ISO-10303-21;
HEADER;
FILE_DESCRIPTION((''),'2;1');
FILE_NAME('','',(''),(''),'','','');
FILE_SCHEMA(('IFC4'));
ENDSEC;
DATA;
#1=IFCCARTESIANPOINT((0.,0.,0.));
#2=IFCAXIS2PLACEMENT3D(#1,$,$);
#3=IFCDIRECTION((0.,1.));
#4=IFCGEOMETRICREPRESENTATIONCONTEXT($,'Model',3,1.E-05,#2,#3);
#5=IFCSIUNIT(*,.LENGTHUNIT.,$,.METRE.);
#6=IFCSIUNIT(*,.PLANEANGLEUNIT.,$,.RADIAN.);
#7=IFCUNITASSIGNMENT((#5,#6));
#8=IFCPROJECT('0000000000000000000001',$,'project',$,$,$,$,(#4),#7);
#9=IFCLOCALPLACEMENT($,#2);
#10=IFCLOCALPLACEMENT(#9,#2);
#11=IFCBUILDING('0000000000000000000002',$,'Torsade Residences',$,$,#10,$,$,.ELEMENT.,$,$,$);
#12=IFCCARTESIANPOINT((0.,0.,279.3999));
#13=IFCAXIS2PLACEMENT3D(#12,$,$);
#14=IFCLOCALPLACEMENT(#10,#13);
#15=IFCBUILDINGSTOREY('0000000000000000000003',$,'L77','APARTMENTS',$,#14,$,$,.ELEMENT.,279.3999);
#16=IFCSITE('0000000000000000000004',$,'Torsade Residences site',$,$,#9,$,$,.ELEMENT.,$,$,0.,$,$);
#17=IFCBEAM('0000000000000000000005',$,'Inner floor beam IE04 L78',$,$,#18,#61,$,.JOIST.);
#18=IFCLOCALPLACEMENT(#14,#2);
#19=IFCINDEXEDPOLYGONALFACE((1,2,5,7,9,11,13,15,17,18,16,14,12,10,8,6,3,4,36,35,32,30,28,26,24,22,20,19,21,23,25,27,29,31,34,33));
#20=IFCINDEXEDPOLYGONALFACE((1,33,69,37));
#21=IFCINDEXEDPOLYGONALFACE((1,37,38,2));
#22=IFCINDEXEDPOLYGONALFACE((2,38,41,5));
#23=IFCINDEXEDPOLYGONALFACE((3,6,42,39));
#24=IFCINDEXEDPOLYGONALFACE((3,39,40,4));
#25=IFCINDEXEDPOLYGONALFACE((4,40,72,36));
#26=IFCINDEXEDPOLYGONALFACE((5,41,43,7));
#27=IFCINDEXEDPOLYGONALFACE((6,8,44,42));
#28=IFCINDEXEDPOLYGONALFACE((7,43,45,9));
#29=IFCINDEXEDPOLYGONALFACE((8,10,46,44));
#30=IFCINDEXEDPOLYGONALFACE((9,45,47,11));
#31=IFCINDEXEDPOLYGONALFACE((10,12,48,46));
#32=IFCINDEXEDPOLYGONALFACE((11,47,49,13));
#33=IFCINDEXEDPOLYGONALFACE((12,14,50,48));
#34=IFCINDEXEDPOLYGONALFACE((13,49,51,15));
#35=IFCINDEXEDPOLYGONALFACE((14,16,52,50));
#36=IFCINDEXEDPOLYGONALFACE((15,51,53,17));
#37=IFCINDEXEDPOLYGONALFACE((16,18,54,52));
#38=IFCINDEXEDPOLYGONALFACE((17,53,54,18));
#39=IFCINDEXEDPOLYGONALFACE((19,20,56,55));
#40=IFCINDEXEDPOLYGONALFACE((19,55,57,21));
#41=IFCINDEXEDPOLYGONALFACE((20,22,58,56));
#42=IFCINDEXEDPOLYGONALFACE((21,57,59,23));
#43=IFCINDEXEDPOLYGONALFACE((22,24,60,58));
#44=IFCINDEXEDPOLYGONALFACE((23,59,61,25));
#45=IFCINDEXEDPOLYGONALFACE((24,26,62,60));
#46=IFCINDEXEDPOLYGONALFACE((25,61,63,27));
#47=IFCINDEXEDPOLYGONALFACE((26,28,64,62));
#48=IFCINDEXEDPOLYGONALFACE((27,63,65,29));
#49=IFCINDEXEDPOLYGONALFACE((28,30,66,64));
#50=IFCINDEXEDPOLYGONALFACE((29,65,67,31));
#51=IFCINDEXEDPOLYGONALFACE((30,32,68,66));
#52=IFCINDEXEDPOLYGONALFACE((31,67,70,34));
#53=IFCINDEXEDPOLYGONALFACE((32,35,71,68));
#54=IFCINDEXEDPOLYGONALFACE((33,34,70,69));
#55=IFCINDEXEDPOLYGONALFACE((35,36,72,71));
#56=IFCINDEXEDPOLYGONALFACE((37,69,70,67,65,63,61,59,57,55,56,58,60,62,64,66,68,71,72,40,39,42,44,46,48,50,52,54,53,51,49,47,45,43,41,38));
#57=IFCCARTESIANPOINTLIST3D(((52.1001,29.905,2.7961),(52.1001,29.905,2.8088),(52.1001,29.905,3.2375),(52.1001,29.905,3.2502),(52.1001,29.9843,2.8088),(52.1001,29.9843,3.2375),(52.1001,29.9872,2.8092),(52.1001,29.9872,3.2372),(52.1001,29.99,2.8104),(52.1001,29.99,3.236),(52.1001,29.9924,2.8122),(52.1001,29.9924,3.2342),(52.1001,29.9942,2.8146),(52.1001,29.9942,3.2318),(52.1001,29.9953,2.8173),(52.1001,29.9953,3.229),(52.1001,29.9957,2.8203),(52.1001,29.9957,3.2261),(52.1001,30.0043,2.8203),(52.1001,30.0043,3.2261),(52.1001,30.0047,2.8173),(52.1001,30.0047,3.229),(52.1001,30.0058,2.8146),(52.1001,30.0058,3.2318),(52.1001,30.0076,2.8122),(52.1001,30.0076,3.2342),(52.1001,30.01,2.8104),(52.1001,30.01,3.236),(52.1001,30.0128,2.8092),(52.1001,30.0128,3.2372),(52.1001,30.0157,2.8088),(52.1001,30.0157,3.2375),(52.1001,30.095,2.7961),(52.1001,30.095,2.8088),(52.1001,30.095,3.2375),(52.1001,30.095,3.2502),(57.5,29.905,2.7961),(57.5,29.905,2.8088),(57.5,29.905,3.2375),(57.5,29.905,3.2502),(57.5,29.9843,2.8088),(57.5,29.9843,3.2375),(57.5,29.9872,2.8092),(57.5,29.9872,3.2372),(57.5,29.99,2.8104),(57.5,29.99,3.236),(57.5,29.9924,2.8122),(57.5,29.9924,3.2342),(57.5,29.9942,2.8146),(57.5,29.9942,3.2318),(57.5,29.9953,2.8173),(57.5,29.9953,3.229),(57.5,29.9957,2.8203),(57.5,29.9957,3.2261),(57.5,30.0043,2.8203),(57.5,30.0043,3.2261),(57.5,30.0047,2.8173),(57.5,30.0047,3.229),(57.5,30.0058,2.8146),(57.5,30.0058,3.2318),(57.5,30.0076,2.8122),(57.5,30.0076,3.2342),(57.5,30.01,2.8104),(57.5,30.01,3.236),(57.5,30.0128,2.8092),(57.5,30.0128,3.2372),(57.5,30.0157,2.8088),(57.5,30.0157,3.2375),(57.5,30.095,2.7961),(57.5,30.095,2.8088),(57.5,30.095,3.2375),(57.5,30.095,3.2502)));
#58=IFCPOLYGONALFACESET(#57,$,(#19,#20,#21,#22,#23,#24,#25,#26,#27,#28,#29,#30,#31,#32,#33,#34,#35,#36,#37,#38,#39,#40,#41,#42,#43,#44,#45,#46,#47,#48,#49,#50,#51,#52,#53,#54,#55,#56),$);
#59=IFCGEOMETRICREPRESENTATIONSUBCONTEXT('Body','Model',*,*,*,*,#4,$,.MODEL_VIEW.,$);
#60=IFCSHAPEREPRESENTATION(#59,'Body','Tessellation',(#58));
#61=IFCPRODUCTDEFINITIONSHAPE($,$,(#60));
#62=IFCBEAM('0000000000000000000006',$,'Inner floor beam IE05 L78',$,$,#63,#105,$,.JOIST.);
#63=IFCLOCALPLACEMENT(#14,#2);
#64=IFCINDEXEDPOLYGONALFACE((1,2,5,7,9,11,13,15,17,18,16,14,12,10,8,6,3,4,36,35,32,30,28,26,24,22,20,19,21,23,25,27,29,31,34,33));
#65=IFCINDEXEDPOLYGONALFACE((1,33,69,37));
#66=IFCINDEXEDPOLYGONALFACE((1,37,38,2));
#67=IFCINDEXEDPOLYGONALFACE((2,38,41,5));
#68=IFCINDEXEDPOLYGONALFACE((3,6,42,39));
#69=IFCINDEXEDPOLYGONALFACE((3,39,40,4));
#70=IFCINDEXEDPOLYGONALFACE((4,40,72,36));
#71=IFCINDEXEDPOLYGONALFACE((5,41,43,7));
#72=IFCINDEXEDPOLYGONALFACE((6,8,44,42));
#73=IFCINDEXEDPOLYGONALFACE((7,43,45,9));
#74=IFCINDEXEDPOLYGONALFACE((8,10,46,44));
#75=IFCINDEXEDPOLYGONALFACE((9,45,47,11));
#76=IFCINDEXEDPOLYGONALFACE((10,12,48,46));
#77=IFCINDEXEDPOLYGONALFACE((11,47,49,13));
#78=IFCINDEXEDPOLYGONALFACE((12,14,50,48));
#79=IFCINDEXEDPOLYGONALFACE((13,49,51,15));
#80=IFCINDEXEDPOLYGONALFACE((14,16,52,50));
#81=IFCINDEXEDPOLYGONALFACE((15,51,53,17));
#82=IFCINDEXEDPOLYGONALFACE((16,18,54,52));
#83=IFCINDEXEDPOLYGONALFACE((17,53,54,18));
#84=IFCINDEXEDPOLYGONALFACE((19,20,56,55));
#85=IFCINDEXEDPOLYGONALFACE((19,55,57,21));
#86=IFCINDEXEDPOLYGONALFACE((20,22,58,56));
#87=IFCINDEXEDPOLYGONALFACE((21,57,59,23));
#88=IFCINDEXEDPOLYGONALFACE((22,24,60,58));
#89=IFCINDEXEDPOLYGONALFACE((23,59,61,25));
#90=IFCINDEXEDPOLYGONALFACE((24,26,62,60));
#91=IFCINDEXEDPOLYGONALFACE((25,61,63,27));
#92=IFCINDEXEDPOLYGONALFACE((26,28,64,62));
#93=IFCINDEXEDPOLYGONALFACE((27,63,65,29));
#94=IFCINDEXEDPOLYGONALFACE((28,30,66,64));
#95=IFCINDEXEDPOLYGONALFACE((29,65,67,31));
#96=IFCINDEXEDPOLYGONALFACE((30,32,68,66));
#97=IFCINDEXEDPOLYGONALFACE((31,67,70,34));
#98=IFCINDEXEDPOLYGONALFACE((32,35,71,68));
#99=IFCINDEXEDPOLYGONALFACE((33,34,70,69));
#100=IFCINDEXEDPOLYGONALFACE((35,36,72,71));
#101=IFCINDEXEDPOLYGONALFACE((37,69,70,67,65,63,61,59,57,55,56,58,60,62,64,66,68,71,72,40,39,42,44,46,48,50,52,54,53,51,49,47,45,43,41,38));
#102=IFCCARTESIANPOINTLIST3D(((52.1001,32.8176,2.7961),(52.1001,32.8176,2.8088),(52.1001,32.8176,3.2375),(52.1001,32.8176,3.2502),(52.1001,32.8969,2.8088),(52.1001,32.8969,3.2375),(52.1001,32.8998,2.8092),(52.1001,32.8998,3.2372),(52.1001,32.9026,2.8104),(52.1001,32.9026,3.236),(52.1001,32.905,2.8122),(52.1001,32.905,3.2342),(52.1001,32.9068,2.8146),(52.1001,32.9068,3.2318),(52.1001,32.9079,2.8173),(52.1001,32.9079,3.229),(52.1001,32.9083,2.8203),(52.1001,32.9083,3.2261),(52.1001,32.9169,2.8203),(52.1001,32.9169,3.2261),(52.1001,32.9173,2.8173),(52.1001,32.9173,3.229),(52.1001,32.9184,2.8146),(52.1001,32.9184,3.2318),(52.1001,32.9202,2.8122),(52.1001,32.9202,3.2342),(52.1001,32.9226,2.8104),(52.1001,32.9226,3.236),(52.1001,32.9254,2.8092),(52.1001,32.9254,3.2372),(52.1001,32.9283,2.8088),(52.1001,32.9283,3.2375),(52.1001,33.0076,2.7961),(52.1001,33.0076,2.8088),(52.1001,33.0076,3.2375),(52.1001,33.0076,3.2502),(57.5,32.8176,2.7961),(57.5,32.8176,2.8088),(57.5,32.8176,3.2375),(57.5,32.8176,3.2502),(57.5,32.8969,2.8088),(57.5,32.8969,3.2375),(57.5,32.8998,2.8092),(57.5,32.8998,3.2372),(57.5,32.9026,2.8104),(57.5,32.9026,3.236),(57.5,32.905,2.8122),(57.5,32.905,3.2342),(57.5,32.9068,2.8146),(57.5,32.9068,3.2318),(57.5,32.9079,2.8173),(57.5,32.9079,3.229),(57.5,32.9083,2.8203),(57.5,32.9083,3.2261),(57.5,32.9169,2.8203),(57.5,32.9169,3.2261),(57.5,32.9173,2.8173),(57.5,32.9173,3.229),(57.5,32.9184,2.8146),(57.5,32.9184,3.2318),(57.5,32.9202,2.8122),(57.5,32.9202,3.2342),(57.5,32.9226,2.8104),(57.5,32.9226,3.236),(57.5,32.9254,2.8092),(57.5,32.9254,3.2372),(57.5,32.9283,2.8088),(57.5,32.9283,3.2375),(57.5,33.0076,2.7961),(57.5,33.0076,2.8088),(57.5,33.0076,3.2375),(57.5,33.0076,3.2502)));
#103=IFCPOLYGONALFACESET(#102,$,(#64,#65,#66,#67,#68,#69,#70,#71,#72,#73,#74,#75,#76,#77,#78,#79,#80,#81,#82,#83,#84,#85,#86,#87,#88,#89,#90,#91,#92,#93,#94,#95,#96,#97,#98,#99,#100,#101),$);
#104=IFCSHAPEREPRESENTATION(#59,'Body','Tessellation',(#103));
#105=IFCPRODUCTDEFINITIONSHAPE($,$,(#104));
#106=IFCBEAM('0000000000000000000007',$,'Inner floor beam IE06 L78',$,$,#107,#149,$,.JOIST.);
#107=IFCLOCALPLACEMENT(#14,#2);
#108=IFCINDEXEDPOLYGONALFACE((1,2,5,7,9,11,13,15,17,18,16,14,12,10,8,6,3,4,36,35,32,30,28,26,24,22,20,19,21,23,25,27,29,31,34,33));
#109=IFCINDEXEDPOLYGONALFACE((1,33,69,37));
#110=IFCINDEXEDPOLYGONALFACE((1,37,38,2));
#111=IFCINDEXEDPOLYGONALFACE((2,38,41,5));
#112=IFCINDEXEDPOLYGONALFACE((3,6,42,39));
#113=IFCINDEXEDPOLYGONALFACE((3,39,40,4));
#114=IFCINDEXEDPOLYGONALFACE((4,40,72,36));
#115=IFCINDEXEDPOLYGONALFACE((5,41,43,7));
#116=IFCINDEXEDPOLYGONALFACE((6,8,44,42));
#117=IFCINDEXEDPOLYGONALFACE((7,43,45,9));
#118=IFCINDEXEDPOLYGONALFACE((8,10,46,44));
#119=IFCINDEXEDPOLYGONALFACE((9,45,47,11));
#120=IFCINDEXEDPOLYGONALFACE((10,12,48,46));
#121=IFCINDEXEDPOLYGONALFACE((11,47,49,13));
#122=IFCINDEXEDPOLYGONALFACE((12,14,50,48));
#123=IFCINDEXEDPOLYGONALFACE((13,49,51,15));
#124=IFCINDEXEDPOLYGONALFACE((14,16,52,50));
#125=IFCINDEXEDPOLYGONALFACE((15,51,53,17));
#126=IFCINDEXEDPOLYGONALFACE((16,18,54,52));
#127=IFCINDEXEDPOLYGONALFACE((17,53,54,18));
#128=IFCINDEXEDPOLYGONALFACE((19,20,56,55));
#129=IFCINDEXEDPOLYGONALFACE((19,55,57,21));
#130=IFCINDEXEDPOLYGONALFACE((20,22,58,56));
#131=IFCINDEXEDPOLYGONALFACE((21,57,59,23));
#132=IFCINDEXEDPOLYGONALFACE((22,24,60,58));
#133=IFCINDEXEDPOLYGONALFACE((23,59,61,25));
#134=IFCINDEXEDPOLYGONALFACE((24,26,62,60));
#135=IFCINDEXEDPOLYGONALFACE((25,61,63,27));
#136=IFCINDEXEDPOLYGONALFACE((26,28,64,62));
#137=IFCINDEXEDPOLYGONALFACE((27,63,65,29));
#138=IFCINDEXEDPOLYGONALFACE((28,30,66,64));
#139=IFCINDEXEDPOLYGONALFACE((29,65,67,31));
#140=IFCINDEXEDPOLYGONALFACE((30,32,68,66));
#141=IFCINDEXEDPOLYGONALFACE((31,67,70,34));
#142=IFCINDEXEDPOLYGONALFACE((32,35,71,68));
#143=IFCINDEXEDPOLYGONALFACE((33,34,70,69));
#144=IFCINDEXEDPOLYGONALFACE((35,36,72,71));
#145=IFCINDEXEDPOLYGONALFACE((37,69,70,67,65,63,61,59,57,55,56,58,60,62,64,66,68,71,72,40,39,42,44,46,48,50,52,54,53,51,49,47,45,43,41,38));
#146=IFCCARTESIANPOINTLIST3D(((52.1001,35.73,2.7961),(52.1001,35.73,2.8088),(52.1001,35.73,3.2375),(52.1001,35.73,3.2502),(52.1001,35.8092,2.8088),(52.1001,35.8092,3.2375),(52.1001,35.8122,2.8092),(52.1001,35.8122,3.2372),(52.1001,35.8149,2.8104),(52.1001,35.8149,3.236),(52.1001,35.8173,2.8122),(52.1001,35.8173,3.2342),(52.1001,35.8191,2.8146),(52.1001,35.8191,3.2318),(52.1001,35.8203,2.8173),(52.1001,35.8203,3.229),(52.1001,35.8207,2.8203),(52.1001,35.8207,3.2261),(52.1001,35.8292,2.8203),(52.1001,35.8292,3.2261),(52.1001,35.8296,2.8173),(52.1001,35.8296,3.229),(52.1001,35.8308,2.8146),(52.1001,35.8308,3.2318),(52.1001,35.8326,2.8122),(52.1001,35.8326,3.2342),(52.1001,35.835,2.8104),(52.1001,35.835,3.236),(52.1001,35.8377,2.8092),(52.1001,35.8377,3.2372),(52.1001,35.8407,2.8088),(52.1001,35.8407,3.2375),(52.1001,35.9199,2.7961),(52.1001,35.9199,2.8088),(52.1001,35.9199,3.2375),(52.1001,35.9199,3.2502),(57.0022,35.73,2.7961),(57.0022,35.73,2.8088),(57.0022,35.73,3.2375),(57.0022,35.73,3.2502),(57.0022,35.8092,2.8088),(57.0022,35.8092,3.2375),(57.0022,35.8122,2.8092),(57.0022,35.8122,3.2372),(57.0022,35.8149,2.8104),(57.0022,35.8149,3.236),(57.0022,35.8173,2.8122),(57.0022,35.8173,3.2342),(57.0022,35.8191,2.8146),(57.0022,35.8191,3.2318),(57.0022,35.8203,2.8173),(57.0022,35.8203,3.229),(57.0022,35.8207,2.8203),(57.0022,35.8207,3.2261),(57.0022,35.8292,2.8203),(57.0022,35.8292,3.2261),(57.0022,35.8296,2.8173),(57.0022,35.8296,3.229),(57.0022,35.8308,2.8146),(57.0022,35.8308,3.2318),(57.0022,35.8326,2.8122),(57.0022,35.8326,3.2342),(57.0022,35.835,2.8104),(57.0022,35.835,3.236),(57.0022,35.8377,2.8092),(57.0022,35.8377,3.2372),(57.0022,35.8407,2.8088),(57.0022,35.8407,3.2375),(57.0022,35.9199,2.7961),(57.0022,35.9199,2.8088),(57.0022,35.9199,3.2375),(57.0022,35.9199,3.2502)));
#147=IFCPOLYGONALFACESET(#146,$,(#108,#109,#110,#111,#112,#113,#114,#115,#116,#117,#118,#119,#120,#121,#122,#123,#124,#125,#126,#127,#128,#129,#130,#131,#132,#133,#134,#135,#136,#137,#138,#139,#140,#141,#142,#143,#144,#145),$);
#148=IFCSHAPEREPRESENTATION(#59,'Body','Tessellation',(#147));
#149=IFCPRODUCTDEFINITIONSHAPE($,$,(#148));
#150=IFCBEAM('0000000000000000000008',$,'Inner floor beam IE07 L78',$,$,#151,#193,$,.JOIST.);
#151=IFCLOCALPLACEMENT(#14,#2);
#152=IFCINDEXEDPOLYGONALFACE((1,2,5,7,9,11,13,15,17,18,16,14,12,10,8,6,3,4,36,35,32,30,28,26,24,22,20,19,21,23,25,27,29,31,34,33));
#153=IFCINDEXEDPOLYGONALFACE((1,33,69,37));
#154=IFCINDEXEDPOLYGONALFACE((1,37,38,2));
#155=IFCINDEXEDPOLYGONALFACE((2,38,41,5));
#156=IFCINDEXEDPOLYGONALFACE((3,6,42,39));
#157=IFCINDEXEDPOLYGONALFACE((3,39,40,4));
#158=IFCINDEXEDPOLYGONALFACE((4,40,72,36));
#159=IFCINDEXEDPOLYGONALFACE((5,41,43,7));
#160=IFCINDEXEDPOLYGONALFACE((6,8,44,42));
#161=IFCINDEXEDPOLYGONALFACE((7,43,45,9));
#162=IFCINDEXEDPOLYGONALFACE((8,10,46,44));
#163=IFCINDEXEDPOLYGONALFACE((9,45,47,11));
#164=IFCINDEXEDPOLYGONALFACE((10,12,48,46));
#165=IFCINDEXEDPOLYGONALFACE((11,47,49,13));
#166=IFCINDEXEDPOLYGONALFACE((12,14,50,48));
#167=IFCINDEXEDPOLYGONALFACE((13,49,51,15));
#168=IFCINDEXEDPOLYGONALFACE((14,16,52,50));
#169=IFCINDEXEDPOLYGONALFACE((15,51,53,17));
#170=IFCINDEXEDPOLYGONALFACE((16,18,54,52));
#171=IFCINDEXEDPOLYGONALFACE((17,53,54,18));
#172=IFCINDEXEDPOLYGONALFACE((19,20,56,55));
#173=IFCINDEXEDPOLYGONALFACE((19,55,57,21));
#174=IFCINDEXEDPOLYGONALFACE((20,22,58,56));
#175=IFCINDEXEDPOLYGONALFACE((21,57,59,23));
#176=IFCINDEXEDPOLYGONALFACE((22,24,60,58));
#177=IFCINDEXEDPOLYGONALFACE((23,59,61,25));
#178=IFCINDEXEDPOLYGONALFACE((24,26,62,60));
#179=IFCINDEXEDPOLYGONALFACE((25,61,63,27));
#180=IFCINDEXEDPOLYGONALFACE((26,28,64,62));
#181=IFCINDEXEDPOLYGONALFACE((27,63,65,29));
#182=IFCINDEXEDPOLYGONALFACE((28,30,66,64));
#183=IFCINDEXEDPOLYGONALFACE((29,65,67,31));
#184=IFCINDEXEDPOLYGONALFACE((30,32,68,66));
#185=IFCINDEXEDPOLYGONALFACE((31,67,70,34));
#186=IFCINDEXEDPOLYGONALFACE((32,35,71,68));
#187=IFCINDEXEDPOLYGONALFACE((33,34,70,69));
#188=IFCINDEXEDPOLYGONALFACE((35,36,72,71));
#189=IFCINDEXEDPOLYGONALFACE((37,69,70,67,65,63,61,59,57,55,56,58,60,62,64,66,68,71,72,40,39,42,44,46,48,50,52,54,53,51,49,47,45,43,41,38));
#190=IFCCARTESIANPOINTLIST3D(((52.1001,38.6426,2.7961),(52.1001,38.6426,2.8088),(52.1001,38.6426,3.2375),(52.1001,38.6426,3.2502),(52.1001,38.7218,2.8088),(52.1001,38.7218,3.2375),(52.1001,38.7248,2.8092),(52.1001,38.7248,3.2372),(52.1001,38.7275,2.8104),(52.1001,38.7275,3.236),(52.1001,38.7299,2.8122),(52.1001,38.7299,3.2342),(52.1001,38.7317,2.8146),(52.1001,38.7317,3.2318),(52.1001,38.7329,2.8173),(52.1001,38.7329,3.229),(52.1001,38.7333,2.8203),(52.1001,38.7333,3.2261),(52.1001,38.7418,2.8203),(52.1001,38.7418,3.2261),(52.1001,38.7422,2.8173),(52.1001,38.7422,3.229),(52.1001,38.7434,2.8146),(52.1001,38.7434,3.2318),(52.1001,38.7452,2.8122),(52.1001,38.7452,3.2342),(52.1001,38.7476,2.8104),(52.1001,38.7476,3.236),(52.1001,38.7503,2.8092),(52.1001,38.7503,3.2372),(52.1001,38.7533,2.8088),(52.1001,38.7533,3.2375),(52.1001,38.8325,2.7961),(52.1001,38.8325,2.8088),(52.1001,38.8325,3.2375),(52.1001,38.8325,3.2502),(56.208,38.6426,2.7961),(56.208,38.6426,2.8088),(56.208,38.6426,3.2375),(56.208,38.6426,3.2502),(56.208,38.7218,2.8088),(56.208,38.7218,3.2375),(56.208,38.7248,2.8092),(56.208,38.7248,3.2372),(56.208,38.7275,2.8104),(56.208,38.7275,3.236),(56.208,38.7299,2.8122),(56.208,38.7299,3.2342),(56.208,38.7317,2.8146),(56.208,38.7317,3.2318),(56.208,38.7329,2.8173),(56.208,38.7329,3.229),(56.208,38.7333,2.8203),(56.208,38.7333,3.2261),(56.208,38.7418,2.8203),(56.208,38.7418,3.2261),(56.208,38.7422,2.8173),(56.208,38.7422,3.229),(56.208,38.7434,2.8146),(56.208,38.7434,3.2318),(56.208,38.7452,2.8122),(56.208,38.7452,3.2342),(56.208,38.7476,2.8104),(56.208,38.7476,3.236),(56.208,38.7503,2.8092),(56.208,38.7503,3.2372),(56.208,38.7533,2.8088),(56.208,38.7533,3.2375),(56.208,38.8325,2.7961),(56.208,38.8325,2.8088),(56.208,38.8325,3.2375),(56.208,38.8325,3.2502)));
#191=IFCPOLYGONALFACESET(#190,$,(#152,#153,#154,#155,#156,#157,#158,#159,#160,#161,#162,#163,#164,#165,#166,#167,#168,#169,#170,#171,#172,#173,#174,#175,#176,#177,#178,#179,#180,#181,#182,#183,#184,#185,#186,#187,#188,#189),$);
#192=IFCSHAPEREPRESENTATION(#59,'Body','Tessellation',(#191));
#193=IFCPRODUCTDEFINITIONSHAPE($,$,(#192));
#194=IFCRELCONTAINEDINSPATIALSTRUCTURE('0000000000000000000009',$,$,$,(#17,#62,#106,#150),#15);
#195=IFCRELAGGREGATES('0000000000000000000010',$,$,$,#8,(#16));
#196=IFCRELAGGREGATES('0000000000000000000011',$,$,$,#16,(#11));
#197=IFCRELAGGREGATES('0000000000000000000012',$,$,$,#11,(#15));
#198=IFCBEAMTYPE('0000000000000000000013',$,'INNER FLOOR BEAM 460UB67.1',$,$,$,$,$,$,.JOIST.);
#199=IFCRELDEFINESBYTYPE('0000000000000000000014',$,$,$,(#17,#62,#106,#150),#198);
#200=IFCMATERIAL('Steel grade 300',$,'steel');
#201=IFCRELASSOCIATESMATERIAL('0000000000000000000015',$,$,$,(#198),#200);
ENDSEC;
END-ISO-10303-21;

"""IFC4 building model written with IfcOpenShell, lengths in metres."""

from ifc_helpers import new_model, si_unit, direction, frame, origin, origin_2d, place, context, subcontext, project, spatial, i_section, extrude, material, material_profile, profile_set, type_object, element, save


model = new_model("IFC4")

# Units and contexts
model_context = context("Model", 3, precision=1e-05, world=origin(), true_north=direction((0.0, 1.0)))
body_context = subcontext(model_context, "Body", "Model", "MODEL_VIEW")
ifc_project = project(units=[si_unit("LENGTHUNIT", "METRE"), si_unit("PLANEANGLEUNIT", "RADIAN")], contexts=[model_context])

# Site, building, storey
site_placement = place(None, origin())
site = spatial("IfcSite", under=ifc_project, at=site_placement, Name="Torsade Residences site", CompositionType="ELEMENT", RefElevation=0.0)
building_placement = place(site_placement, origin())
building = spatial("IfcBuilding", under=site, at=building_placement, Name="Torsade Residences", CompositionType="ELEMENT")
storey_placement = place(building_placement, frame((0.0, 0.0, 279.3999)))
storey = spatial("IfcBuildingStorey", under=building, at=storey_placement, Name="L77", Description="APARTMENTS", CompositionType="ELEMENT", Elevation=279.3999)

# Beams
ifc_material_1 = material(Name="Steel grade 300", Category="steel")
ifc_material_profile_1 = material_profile(ifc_material_1, i_section(OverallWidth=0.1899, OverallDepth=0.4541, WebThickness=0.0085, FlangeThickness=0.0127, FilletRadius=0.0115, at=origin_2d()), Name="460UB67.1")
ifc_profile_set_1 = profile_set([ifc_material_profile_1], Name="Steel grade 300")
beam_type_1 = type_object("IfcBeamType", Name="INNER FLOOR BEAM 460UB67.1", PredefinedType="JOIST", material=ifc_profile_set_1)
for number, where, z_axis, x_axis, name in (
    (1, (52.1001, 30.0, 3.0232), (1.0, 0.0, 0.0), (0.0, 1.0, 0.0), "Inner floor beam IE04 L78"),
    (2, (52.1001, 32.9126, 3.0232), (1.0, 0.0, 0.0), (0.0, 1.0, 0.0), "Inner floor beam IE05 L78"),
):
    element("IfcBeam", number, at=place(storey_placement, frame(where, z_axis=z_axis, x_axis=x_axis)), inside=storey, type_object=beam_type_1, Name=name, PredefinedType="JOIST", context=body_context, shape_type="SweptSolid", body=[
        extrude(i_section(OverallWidth=0.1899, OverallDepth=0.4541, WebThickness=0.0085, FlangeThickness=0.0127, FilletRadius=0.0115, at=origin_2d()), origin(), (0.0, 0.0, 1.0), 5.3999),
    ])
beam_1_placement = place(storey_placement, frame((52.1001, 35.825, 3.0232), z_axis=(1.0, 0.0, 0.0), x_axis=(0.0, 1.0, 0.0)))
element("IfcBeam", 3, at=beam_1_placement, inside=storey, type_object=beam_type_1, Name="Inner floor beam IE06 L78", PredefinedType="JOIST", context=body_context, shape_type="SweptSolid", body=[
    extrude(i_section(OverallWidth=0.1899, OverallDepth=0.4541, WebThickness=0.0085, FlangeThickness=0.0127, FilletRadius=0.0115, at=origin_2d()), origin(), (0.0, 0.0, 1.0), 4.9021),
])
beam_2_placement = place(storey_placement, frame((52.1001, 38.7375, 3.0232), z_axis=(1.0, 0.0, 0.0), x_axis=(0.0, 1.0, 0.0)))
element("IfcBeam", 4, at=beam_2_placement, inside=storey, type_object=beam_type_1, Name="Inner floor beam IE07 L78", PredefinedType="JOIST", context=body_context, shape_type="SweptSolid", body=[
    extrude(i_section(OverallWidth=0.1899, OverallDepth=0.4541, WebThickness=0.0085, FlangeThickness=0.0127, FilletRadius=0.0115, at=origin_2d()), origin(), (0.0, 0.0, 1.0), 4.1079),
])

save(model, "model.ifc")
